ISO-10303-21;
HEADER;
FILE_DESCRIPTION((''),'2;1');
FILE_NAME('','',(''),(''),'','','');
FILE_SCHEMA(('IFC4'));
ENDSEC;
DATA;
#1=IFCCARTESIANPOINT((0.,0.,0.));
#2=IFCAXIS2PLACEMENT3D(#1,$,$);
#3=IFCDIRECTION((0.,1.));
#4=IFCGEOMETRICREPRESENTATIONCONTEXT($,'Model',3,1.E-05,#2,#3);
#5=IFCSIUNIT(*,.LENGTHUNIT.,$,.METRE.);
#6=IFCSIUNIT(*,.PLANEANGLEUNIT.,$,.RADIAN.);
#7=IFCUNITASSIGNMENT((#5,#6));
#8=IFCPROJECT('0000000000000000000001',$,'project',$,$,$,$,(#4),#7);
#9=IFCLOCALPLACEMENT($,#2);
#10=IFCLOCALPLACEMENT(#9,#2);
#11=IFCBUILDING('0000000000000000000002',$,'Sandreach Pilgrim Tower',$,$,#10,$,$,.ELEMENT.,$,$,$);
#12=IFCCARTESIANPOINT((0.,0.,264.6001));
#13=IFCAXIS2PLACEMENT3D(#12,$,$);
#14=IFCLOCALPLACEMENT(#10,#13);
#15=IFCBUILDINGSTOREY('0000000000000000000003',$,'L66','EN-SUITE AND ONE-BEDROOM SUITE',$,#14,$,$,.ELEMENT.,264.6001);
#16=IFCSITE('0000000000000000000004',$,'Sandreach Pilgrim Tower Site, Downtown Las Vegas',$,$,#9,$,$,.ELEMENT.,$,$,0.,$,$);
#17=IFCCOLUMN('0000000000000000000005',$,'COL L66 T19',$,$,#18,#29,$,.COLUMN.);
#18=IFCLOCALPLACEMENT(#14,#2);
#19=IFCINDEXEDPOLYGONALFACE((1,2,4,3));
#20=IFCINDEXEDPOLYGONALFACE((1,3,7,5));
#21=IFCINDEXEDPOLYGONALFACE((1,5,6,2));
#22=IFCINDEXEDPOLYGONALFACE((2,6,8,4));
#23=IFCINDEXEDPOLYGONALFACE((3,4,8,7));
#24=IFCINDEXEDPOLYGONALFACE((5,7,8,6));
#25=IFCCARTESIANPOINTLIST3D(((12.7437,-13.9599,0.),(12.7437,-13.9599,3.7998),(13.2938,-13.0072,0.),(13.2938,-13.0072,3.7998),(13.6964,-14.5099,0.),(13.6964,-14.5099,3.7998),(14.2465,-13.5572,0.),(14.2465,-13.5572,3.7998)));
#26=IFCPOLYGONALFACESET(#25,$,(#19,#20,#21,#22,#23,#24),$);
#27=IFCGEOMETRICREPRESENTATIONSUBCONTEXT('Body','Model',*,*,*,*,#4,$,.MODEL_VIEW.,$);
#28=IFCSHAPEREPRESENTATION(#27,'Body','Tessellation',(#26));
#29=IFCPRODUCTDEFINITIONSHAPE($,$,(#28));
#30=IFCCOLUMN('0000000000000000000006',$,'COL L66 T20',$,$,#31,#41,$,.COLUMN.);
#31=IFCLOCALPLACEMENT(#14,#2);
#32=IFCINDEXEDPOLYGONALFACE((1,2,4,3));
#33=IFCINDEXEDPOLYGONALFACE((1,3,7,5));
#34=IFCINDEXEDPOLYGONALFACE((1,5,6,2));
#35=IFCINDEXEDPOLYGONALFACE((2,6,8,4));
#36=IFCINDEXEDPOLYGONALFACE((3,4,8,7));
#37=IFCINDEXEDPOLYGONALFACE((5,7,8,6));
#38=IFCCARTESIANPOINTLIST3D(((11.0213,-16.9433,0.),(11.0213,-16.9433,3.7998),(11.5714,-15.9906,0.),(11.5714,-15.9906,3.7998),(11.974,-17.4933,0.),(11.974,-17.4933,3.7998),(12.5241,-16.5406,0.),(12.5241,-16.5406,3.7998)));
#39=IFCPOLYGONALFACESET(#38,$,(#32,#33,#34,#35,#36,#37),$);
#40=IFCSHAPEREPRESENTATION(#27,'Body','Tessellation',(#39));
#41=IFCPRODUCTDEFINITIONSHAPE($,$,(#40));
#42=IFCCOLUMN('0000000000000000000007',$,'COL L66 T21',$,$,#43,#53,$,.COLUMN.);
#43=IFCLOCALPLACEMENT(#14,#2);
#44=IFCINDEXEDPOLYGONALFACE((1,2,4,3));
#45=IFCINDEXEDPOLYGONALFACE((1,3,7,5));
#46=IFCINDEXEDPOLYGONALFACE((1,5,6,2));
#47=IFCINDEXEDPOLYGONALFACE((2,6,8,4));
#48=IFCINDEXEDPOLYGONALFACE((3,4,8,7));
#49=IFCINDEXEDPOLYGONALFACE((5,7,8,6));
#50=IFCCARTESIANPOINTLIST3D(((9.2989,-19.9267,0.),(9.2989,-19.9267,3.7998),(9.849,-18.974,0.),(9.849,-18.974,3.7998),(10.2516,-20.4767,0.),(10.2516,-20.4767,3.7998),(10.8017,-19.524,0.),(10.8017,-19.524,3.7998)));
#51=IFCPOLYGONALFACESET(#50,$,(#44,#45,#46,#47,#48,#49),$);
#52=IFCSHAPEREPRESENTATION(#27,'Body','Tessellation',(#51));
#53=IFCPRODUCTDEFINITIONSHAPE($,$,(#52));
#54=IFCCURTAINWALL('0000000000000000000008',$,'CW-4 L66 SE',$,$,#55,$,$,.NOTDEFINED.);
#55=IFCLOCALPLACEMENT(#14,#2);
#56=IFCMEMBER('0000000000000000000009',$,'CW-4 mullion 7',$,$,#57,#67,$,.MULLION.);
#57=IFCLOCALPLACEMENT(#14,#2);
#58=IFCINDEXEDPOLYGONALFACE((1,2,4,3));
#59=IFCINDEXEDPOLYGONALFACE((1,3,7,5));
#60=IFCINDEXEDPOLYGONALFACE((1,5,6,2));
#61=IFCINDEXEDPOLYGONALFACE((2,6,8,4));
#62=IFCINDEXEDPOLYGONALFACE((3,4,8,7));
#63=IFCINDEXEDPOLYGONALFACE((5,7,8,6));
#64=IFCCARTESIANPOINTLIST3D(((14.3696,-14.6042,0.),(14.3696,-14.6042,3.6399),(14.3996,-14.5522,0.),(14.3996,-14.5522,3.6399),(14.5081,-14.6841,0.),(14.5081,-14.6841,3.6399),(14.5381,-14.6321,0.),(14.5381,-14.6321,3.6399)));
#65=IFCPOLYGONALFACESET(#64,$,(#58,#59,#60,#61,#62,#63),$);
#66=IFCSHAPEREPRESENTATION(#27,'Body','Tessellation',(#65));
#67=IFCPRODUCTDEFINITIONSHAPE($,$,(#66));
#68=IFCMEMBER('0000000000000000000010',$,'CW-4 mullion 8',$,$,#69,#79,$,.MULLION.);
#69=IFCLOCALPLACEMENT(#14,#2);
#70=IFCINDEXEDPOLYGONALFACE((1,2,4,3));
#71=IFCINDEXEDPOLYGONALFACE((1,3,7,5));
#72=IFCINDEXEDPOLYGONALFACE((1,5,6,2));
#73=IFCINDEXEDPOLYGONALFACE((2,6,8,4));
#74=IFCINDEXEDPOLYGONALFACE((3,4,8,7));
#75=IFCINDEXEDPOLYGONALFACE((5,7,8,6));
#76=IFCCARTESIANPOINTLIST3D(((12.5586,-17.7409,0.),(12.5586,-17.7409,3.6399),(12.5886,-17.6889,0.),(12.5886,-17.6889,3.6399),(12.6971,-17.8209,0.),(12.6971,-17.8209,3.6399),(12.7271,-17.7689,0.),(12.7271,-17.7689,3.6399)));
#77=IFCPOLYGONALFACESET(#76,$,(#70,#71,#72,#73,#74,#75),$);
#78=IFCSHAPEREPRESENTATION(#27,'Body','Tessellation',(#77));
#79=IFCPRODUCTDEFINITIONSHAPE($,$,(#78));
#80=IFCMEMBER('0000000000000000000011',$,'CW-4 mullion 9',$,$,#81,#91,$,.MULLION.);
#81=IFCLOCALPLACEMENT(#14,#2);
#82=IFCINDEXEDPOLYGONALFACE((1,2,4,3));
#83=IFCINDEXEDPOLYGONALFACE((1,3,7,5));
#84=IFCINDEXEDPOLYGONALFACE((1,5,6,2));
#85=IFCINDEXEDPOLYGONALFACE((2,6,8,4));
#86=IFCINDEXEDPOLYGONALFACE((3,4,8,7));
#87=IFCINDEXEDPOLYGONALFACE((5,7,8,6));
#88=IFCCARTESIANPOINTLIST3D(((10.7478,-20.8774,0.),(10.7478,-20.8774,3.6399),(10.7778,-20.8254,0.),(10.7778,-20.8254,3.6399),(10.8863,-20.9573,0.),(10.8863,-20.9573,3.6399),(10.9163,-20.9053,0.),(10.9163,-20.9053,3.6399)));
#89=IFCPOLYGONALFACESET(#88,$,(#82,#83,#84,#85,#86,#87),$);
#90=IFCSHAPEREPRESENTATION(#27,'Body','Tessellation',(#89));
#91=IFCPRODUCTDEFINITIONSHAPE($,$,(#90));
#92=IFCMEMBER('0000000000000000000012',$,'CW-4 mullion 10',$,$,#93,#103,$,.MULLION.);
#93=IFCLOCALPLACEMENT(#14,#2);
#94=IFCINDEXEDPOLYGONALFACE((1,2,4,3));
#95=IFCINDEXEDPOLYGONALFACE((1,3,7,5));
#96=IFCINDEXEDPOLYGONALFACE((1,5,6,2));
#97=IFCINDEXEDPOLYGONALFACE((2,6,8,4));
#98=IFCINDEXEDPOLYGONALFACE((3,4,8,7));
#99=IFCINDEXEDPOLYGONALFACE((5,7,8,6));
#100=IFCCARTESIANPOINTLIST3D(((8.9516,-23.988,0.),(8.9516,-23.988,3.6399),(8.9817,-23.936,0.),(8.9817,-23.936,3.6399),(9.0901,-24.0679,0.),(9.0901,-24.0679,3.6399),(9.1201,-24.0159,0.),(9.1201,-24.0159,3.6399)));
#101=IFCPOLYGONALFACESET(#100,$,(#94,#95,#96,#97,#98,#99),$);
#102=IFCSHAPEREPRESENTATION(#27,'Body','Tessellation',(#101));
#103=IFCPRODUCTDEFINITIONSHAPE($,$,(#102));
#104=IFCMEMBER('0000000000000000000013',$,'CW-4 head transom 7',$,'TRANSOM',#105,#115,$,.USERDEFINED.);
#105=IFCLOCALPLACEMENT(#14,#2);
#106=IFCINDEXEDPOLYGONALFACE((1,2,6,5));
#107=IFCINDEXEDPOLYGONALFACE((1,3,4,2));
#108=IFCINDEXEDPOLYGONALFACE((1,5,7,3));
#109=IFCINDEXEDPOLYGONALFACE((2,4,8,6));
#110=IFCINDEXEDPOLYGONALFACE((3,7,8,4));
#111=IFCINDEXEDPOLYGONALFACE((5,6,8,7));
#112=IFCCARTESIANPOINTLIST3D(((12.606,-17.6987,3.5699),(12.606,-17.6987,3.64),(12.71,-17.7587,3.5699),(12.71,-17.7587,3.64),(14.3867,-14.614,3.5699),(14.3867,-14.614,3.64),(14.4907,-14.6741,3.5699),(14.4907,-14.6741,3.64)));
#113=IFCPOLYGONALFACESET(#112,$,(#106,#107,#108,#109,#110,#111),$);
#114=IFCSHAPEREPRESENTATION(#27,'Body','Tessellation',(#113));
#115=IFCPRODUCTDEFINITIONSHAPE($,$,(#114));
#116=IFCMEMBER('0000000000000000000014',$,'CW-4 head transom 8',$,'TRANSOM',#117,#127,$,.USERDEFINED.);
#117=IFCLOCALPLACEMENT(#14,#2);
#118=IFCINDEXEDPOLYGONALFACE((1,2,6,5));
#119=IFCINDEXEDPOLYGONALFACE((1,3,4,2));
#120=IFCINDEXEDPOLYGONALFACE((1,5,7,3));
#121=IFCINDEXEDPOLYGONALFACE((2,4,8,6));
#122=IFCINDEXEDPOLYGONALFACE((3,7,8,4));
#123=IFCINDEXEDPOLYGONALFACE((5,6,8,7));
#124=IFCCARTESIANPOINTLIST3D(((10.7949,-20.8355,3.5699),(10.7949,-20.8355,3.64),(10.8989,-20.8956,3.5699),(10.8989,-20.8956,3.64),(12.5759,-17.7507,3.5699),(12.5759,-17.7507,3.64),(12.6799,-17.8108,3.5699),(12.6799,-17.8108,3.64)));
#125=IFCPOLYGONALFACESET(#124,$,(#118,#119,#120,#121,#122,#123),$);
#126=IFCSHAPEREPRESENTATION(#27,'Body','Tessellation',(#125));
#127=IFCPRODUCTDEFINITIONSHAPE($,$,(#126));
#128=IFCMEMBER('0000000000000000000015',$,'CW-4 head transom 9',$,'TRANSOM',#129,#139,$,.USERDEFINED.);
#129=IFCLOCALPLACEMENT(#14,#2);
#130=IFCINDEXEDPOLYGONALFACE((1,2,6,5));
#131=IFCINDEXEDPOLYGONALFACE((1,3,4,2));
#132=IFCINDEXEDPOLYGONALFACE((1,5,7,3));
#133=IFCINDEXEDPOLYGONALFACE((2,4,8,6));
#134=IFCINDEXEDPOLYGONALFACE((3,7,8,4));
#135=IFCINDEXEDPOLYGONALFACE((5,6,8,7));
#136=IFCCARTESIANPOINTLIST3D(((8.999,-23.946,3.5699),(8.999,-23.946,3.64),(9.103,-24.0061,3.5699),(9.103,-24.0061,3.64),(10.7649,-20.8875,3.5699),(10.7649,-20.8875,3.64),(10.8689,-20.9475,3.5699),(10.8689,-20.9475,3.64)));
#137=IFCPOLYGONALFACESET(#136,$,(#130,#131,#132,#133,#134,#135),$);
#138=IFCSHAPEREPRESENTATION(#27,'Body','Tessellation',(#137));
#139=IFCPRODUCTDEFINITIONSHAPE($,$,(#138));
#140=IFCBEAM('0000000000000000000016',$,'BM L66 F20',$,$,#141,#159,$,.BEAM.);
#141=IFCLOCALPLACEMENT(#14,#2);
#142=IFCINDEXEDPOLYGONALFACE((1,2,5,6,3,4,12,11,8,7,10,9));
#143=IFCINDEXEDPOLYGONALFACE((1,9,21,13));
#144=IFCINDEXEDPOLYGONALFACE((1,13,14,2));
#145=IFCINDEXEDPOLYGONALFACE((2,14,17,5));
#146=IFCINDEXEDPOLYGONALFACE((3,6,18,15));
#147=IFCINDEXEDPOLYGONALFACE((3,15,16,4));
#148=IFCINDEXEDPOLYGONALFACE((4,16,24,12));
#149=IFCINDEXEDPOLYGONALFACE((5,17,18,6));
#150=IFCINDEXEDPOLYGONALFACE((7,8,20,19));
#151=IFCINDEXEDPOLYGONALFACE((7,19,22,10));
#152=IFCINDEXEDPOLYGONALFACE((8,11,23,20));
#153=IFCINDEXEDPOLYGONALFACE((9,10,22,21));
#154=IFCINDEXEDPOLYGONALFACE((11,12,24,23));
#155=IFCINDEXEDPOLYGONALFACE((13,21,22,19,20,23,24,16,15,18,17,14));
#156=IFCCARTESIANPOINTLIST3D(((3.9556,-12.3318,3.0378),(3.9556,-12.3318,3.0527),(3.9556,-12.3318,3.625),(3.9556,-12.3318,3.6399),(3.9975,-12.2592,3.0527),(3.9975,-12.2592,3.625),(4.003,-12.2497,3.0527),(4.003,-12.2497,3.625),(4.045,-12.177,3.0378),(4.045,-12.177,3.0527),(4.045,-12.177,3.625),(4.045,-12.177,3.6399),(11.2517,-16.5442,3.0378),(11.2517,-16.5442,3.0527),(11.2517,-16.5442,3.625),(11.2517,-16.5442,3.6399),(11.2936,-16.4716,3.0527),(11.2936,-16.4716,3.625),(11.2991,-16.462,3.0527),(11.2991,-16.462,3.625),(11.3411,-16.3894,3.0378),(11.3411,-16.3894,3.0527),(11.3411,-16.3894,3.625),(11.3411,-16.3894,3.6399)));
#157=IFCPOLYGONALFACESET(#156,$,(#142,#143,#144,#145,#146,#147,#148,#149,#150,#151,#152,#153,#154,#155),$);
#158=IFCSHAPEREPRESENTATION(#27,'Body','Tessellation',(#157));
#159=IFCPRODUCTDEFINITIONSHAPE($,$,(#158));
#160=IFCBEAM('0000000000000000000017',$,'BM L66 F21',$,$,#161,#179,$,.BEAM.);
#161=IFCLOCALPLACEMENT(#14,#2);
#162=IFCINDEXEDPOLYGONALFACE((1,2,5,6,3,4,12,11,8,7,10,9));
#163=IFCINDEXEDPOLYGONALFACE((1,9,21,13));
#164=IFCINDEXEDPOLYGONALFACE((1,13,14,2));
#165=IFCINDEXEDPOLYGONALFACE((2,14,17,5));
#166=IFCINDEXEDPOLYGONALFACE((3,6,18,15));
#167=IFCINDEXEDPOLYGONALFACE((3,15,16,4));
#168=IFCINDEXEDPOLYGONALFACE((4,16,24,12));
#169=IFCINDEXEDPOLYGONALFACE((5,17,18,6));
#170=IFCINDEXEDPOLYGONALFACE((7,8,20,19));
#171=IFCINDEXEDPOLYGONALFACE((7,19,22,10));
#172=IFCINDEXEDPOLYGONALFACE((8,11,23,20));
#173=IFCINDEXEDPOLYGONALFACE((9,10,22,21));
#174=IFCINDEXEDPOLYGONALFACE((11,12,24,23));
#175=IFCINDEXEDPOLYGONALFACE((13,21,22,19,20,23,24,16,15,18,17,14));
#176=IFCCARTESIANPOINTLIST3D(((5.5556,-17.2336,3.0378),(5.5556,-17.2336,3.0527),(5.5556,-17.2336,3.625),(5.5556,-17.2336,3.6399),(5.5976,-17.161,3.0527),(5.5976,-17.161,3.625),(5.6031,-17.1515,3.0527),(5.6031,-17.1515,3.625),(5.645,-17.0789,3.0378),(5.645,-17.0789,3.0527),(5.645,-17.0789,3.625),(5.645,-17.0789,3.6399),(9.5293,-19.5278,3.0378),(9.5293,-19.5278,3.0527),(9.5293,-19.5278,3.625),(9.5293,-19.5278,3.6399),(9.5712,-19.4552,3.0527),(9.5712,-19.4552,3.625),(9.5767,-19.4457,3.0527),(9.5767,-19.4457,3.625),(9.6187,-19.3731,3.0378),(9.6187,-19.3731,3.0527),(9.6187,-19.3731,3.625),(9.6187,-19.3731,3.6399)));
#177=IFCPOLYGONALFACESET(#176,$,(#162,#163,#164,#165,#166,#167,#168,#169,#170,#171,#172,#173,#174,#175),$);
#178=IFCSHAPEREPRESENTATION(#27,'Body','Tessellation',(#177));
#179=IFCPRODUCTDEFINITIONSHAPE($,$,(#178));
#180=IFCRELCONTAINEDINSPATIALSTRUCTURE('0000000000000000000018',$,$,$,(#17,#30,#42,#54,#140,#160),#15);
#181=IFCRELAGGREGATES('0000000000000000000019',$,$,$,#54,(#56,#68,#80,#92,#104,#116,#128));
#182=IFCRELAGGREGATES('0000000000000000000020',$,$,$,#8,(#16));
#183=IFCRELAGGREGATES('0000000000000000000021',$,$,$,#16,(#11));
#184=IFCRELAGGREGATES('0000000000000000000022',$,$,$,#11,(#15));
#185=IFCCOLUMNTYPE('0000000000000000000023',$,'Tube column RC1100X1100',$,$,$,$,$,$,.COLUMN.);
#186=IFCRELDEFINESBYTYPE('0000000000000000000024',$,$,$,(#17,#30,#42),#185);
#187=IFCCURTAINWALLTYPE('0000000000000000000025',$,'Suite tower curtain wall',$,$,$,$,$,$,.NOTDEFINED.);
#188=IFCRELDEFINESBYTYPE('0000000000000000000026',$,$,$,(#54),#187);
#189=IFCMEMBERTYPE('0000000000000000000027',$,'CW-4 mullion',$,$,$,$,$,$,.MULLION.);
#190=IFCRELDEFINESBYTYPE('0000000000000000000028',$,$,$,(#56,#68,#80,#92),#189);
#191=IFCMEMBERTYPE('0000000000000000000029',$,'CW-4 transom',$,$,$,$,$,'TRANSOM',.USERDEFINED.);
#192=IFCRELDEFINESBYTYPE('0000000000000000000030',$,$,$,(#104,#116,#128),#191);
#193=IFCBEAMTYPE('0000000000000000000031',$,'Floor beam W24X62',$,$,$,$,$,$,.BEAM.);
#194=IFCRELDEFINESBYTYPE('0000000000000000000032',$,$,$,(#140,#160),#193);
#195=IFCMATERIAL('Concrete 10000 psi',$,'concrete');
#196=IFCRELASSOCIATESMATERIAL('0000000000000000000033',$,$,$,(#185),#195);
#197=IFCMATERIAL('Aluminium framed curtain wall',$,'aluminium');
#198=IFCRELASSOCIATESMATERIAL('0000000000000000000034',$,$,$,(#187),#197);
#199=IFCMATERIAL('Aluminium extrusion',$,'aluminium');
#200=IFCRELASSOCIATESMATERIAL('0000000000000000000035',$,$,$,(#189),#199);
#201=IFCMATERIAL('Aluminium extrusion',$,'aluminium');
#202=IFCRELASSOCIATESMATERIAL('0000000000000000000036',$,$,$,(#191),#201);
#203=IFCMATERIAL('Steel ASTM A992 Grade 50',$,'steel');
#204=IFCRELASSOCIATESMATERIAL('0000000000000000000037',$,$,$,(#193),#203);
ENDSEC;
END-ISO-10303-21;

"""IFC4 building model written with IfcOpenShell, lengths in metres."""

from ifc_helpers import new_model, si_unit, direction, frame, origin, origin_2d, place, context, subcontext, project, spatial, rectangle, i_section, extrude, material, material_profile, profile_set, type_object, element, aggregate, save


model = new_model("IFC4")

# Units and contexts
model_context = context("Model", 3, precision=1e-05, world=origin(), true_north=direction((0.0, 1.0)))
body_context = subcontext(model_context, "Body", "Model", "MODEL_VIEW")
ifc_project = project(units=[si_unit("LENGTHUNIT", "METRE"), si_unit("PLANEANGLEUNIT", "RADIAN")], contexts=[model_context])

# Site, building, storey
site_placement = place(None, origin())
site = spatial("IfcSite", under=ifc_project, at=site_placement, Name="Sandreach Pilgrim Tower Site, Downtown Las Vegas", CompositionType="ELEMENT", RefElevation=0.0)
building_placement = place(site_placement, origin())
building = spatial("IfcBuilding", under=site, at=building_placement, Name="Sandreach Pilgrim Tower", CompositionType="ELEMENT")
storey_placement = place(building_placement, frame((0.0, 0.0, 264.6001)))
storey = spatial("IfcBuildingStorey", under=building, at=storey_placement, Name="L66", Description="EN-SUITE AND ONE-BEDROOM SUITE", CompositionType="ELEMENT", Elevation=264.6001)

# Columns
ifc_material_1 = material(Name="Concrete 10000 psi", Category="concrete")
ifc_material_profile_1 = material_profile(ifc_material_1, rectangle(XDim=1.1001, YDim=1.1001, at=origin_2d()), Name="RC1100X1100")
ifc_profile_set_1 = profile_set([ifc_material_profile_1], Name="Concrete 10000 psi")
column_type = type_object("IfcColumnType", Name="Tube column RC1100X1100", PredefinedType="COLUMN", material=ifc_profile_set_1)
for number, where, z_axis, x_axis, name in (
    (1, (13.4951, -13.7585, 0.0), (0.0, 0.0, 1.0), (0.866025, -0.5, 0.0), "COL L66 T19"),
    (2, (11.7727, -16.7419, 0.0), (0.0, 0.0, 1.0), (0.866025, -0.5, 0.0), "COL L66 T20"),
    (3, (10.0503, -19.7253, 0.0), (0.0, 0.0, 1.0), (0.866025, -0.5, 0.0), "COL L66 T21"),
):
    element("IfcColumn", number, at=place(storey_placement, frame(where, z_axis=z_axis, x_axis=x_axis)), inside=storey, type_object=column_type, Name=name, PredefinedType="COLUMN", context=body_context, shape_type="SweptSolid", body=[
        extrude(rectangle(XDim=1.1001, YDim=1.1001, at=origin_2d()), origin(), (0.0, 0.0, 1.0), 3.7998),
    ])

# Curtain wall, members
ifc_material_2 = material(Name="Aluminium framed curtain wall", Category="aluminium")
curtain_wall_type = type_object("IfcCurtainWallType", Name="Suite tower curtain wall", PredefinedType="NOTDEFINED", material=ifc_material_2)
curtain_wall_placement = place(storey_placement, origin())
curtain_wall = element("IfcCurtainWall", 4, at=curtain_wall_placement, inside=storey, type_object=curtain_wall_type, Name="CW-4 L66 SE", PredefinedType="NOTDEFINED")
ifc_material_3 = material(Name="Aluminium extrusion", Category="aluminium")
ifc_material_profile_2 = material_profile(ifc_material_3, rectangle(XDim=0.0601, YDim=0.1599, at=origin_2d()), Name="CW-4M 60X160")
ifc_profile_set_2 = profile_set([ifc_material_profile_2], Name="Aluminium extrusion")
member_type_1 = type_object("IfcMemberType", Name="CW-4 mullion", PredefinedType="MULLION", material=ifc_profile_set_2)
member_1_placement = place(storey_placement, frame((14.4539, -14.6182, 0.0), z_axis=(0.0, 0.0, 1.0), x_axis=(-0.5, -0.866025, 0.0)))
member_1 = element("IfcMember", 5, at=member_1_placement, type_object=member_type_1, Name="CW-4 mullion 7", PredefinedType="MULLION", context=body_context, shape_type="SweptSolid", body=[
    extrude(rectangle(XDim=0.0601, YDim=0.1599, at=origin_2d()), origin(), (0.0, 0.0, 1.0), 3.6399),
])
member_2_placement = place(storey_placement, frame((12.6428, -17.7549, 0.0), z_axis=(0.0, 0.0, 1.0), x_axis=(-0.5, -0.866025, 0.0)))
member_2 = element("IfcMember", 6, at=member_2_placement, type_object=member_type_1, Name="CW-4 mullion 8", PredefinedType="MULLION", context=body_context, shape_type="SweptSolid", body=[
    extrude(rectangle(XDim=0.0601, YDim=0.1599, at=origin_2d()), origin(), (0.0, 0.0, 1.0), 3.6399),
])
member_3_placement = place(storey_placement, frame((10.832, -20.8914, 0.0), z_axis=(0.0, 0.0, 1.0), x_axis=(-0.5, -0.866025, 0.0)))
member_3 = element("IfcMember", 7, at=member_3_placement, type_object=member_type_1, Name="CW-4 mullion 9", PredefinedType="MULLION", context=body_context, shape_type="SweptSolid", body=[
    extrude(rectangle(XDim=0.0601, YDim=0.1599, at=origin_2d()), origin(), (0.0, 0.0, 1.0), 3.6399),
])
member_4_placement = place(storey_placement, frame((9.0359, -24.002, 0.0), z_axis=(0.0, 0.0, 1.0), x_axis=(-0.5, -0.866025, 0.0)))
member_4 = element("IfcMember", 8, at=member_4_placement, type_object=member_type_1, Name="CW-4 mullion 10", PredefinedType="MULLION", context=body_context, shape_type="SweptSolid", body=[
    extrude(rectangle(XDim=0.0601, YDim=0.1599, at=origin_2d()), origin(), (0.0, 0.0, 1.0), 3.6399),
])
ifc_material_4 = material(Name="Aluminium extrusion", Category="aluminium")
ifc_material_profile_3 = material_profile(ifc_material_4, rectangle(XDim=0.1201, YDim=0.0701, at=origin_2d()), Name="CW-4T 120X70")
ifc_profile_set_3 = profile_set([ifc_material_profile_3], Name="Aluminium extrusion")
member_type_2 = type_object("IfcMemberType", Name="CW-4 transom", ElementType="TRANSOM", PredefinedType="USERDEFINED", material=ifc_profile_set_3)
member_5_placement = place(storey_placement, frame((14.4387, -14.644, 3.605), z_axis=(-0.499958, -0.86605, 0.0), x_axis=(0.86605, -0.499958, 0.0)))
member_5 = element("IfcMember", 9, at=member_5_placement, type_object=member_type_2, Name="CW-4 head transom 7", ObjectType="TRANSOM", PredefinedType="USERDEFINED", context=body_context, shape_type="SweptSolid", body=[
    extrude(rectangle(XDim=0.1201, YDim=0.0701, at=origin_2d()), origin(), (0.0, 0.0, 1.0), 3.5618),
])
member_6_placement = place(storey_placement, frame((12.6279, -17.7808, 3.605), z_axis=(-0.500009, -0.86602, 0.0), x_axis=(0.86602, -0.500009, 0.0)))
member_6 = element("IfcMember", 10, at=member_6_placement, type_object=member_type_2, Name="CW-4 head transom 8", ObjectType="TRANSOM", PredefinedType="USERDEFINED", context=body_context, shape_type="SweptSolid", body=[
    extrude(rectangle(XDim=0.1201, YDim=0.0701, at=origin_2d()), origin(), (0.0, 0.0, 1.0), 3.562),
])
member_7_placement = place(storey_placement, frame((10.8169, -20.9175, 3.605), z_axis=(-0.499998, -0.866027, 0.0), x_axis=(0.866027, -0.499998, 0.0)))
member_7 = element("IfcMember", 11, at=member_7_placement, type_object=member_type_2, Name="CW-4 head transom 9", ObjectType="TRANSOM", PredefinedType="USERDEFINED", context=body_context, shape_type="SweptSolid", body=[
    extrude(rectangle(XDim=0.1201, YDim=0.0701, at=origin_2d()), origin(), (0.0, 0.0, 1.0), 3.5317),
])

# Beams
ifc_material_5 = material(Name="Steel ASTM A992 Grade 50", Category="steel")
ifc_material_profile_4 = material_profile(ifc_material_5, i_section(OverallWidth=0.1787, OverallDepth=0.6021, WebThickness=0.011, FlangeThickness=0.0149, at=origin_2d()), Name="W24X62")
ifc_profile_set_4 = profile_set([ifc_material_profile_4], Name="Steel ASTM A992 Grade 50")
beam_type_1 = type_object("IfcBeamType", Name="Floor beam W24X62", PredefinedType="BEAM", material=ifc_profile_set_4)
beam_1_placement = place(storey_placement, frame((11.2964, -16.4668, 3.3389), z_axis=(-0.866027, 0.499998, 0.0), x_axis=(-0.499998, -0.866027, 0.0)))
element("IfcBeam", 12, at=beam_1_placement, inside=storey, type_object=beam_type_1, Name="BM L66 F20", PredefinedType="BEAM", context=body_context, shape_type="SweptSolid", body=[
    extrude(i_section(OverallWidth=0.1787, OverallDepth=0.6021, WebThickness=0.011, FlangeThickness=0.0149, at=origin_2d()), origin(), (0.0, 0.0, 1.0), 8.4248),
])
beam_2_placement = place(storey_placement, frame((9.574, -19.4504, 3.3389), z_axis=(-0.866024, 0.500002, 0.0), x_axis=(-0.500002, -0.866024, 0.0)))
element("IfcBeam", 13, at=beam_2_placement, inside=storey, type_object=beam_type_1, Name="BM L66 F21", PredefinedType="BEAM", context=body_context, shape_type="SweptSolid", body=[
    extrude(i_section(OverallWidth=0.1787, OverallDepth=0.6021, WebThickness=0.011, FlangeThickness=0.0149, at=origin_2d()), origin(), (0.0, 0.0, 1.0), 4.5884),
])

aggregate(curtain_wall, [member_1, member_2, member_3, member_4, member_5, member_6, member_7])

save(model, "model.ifc")
